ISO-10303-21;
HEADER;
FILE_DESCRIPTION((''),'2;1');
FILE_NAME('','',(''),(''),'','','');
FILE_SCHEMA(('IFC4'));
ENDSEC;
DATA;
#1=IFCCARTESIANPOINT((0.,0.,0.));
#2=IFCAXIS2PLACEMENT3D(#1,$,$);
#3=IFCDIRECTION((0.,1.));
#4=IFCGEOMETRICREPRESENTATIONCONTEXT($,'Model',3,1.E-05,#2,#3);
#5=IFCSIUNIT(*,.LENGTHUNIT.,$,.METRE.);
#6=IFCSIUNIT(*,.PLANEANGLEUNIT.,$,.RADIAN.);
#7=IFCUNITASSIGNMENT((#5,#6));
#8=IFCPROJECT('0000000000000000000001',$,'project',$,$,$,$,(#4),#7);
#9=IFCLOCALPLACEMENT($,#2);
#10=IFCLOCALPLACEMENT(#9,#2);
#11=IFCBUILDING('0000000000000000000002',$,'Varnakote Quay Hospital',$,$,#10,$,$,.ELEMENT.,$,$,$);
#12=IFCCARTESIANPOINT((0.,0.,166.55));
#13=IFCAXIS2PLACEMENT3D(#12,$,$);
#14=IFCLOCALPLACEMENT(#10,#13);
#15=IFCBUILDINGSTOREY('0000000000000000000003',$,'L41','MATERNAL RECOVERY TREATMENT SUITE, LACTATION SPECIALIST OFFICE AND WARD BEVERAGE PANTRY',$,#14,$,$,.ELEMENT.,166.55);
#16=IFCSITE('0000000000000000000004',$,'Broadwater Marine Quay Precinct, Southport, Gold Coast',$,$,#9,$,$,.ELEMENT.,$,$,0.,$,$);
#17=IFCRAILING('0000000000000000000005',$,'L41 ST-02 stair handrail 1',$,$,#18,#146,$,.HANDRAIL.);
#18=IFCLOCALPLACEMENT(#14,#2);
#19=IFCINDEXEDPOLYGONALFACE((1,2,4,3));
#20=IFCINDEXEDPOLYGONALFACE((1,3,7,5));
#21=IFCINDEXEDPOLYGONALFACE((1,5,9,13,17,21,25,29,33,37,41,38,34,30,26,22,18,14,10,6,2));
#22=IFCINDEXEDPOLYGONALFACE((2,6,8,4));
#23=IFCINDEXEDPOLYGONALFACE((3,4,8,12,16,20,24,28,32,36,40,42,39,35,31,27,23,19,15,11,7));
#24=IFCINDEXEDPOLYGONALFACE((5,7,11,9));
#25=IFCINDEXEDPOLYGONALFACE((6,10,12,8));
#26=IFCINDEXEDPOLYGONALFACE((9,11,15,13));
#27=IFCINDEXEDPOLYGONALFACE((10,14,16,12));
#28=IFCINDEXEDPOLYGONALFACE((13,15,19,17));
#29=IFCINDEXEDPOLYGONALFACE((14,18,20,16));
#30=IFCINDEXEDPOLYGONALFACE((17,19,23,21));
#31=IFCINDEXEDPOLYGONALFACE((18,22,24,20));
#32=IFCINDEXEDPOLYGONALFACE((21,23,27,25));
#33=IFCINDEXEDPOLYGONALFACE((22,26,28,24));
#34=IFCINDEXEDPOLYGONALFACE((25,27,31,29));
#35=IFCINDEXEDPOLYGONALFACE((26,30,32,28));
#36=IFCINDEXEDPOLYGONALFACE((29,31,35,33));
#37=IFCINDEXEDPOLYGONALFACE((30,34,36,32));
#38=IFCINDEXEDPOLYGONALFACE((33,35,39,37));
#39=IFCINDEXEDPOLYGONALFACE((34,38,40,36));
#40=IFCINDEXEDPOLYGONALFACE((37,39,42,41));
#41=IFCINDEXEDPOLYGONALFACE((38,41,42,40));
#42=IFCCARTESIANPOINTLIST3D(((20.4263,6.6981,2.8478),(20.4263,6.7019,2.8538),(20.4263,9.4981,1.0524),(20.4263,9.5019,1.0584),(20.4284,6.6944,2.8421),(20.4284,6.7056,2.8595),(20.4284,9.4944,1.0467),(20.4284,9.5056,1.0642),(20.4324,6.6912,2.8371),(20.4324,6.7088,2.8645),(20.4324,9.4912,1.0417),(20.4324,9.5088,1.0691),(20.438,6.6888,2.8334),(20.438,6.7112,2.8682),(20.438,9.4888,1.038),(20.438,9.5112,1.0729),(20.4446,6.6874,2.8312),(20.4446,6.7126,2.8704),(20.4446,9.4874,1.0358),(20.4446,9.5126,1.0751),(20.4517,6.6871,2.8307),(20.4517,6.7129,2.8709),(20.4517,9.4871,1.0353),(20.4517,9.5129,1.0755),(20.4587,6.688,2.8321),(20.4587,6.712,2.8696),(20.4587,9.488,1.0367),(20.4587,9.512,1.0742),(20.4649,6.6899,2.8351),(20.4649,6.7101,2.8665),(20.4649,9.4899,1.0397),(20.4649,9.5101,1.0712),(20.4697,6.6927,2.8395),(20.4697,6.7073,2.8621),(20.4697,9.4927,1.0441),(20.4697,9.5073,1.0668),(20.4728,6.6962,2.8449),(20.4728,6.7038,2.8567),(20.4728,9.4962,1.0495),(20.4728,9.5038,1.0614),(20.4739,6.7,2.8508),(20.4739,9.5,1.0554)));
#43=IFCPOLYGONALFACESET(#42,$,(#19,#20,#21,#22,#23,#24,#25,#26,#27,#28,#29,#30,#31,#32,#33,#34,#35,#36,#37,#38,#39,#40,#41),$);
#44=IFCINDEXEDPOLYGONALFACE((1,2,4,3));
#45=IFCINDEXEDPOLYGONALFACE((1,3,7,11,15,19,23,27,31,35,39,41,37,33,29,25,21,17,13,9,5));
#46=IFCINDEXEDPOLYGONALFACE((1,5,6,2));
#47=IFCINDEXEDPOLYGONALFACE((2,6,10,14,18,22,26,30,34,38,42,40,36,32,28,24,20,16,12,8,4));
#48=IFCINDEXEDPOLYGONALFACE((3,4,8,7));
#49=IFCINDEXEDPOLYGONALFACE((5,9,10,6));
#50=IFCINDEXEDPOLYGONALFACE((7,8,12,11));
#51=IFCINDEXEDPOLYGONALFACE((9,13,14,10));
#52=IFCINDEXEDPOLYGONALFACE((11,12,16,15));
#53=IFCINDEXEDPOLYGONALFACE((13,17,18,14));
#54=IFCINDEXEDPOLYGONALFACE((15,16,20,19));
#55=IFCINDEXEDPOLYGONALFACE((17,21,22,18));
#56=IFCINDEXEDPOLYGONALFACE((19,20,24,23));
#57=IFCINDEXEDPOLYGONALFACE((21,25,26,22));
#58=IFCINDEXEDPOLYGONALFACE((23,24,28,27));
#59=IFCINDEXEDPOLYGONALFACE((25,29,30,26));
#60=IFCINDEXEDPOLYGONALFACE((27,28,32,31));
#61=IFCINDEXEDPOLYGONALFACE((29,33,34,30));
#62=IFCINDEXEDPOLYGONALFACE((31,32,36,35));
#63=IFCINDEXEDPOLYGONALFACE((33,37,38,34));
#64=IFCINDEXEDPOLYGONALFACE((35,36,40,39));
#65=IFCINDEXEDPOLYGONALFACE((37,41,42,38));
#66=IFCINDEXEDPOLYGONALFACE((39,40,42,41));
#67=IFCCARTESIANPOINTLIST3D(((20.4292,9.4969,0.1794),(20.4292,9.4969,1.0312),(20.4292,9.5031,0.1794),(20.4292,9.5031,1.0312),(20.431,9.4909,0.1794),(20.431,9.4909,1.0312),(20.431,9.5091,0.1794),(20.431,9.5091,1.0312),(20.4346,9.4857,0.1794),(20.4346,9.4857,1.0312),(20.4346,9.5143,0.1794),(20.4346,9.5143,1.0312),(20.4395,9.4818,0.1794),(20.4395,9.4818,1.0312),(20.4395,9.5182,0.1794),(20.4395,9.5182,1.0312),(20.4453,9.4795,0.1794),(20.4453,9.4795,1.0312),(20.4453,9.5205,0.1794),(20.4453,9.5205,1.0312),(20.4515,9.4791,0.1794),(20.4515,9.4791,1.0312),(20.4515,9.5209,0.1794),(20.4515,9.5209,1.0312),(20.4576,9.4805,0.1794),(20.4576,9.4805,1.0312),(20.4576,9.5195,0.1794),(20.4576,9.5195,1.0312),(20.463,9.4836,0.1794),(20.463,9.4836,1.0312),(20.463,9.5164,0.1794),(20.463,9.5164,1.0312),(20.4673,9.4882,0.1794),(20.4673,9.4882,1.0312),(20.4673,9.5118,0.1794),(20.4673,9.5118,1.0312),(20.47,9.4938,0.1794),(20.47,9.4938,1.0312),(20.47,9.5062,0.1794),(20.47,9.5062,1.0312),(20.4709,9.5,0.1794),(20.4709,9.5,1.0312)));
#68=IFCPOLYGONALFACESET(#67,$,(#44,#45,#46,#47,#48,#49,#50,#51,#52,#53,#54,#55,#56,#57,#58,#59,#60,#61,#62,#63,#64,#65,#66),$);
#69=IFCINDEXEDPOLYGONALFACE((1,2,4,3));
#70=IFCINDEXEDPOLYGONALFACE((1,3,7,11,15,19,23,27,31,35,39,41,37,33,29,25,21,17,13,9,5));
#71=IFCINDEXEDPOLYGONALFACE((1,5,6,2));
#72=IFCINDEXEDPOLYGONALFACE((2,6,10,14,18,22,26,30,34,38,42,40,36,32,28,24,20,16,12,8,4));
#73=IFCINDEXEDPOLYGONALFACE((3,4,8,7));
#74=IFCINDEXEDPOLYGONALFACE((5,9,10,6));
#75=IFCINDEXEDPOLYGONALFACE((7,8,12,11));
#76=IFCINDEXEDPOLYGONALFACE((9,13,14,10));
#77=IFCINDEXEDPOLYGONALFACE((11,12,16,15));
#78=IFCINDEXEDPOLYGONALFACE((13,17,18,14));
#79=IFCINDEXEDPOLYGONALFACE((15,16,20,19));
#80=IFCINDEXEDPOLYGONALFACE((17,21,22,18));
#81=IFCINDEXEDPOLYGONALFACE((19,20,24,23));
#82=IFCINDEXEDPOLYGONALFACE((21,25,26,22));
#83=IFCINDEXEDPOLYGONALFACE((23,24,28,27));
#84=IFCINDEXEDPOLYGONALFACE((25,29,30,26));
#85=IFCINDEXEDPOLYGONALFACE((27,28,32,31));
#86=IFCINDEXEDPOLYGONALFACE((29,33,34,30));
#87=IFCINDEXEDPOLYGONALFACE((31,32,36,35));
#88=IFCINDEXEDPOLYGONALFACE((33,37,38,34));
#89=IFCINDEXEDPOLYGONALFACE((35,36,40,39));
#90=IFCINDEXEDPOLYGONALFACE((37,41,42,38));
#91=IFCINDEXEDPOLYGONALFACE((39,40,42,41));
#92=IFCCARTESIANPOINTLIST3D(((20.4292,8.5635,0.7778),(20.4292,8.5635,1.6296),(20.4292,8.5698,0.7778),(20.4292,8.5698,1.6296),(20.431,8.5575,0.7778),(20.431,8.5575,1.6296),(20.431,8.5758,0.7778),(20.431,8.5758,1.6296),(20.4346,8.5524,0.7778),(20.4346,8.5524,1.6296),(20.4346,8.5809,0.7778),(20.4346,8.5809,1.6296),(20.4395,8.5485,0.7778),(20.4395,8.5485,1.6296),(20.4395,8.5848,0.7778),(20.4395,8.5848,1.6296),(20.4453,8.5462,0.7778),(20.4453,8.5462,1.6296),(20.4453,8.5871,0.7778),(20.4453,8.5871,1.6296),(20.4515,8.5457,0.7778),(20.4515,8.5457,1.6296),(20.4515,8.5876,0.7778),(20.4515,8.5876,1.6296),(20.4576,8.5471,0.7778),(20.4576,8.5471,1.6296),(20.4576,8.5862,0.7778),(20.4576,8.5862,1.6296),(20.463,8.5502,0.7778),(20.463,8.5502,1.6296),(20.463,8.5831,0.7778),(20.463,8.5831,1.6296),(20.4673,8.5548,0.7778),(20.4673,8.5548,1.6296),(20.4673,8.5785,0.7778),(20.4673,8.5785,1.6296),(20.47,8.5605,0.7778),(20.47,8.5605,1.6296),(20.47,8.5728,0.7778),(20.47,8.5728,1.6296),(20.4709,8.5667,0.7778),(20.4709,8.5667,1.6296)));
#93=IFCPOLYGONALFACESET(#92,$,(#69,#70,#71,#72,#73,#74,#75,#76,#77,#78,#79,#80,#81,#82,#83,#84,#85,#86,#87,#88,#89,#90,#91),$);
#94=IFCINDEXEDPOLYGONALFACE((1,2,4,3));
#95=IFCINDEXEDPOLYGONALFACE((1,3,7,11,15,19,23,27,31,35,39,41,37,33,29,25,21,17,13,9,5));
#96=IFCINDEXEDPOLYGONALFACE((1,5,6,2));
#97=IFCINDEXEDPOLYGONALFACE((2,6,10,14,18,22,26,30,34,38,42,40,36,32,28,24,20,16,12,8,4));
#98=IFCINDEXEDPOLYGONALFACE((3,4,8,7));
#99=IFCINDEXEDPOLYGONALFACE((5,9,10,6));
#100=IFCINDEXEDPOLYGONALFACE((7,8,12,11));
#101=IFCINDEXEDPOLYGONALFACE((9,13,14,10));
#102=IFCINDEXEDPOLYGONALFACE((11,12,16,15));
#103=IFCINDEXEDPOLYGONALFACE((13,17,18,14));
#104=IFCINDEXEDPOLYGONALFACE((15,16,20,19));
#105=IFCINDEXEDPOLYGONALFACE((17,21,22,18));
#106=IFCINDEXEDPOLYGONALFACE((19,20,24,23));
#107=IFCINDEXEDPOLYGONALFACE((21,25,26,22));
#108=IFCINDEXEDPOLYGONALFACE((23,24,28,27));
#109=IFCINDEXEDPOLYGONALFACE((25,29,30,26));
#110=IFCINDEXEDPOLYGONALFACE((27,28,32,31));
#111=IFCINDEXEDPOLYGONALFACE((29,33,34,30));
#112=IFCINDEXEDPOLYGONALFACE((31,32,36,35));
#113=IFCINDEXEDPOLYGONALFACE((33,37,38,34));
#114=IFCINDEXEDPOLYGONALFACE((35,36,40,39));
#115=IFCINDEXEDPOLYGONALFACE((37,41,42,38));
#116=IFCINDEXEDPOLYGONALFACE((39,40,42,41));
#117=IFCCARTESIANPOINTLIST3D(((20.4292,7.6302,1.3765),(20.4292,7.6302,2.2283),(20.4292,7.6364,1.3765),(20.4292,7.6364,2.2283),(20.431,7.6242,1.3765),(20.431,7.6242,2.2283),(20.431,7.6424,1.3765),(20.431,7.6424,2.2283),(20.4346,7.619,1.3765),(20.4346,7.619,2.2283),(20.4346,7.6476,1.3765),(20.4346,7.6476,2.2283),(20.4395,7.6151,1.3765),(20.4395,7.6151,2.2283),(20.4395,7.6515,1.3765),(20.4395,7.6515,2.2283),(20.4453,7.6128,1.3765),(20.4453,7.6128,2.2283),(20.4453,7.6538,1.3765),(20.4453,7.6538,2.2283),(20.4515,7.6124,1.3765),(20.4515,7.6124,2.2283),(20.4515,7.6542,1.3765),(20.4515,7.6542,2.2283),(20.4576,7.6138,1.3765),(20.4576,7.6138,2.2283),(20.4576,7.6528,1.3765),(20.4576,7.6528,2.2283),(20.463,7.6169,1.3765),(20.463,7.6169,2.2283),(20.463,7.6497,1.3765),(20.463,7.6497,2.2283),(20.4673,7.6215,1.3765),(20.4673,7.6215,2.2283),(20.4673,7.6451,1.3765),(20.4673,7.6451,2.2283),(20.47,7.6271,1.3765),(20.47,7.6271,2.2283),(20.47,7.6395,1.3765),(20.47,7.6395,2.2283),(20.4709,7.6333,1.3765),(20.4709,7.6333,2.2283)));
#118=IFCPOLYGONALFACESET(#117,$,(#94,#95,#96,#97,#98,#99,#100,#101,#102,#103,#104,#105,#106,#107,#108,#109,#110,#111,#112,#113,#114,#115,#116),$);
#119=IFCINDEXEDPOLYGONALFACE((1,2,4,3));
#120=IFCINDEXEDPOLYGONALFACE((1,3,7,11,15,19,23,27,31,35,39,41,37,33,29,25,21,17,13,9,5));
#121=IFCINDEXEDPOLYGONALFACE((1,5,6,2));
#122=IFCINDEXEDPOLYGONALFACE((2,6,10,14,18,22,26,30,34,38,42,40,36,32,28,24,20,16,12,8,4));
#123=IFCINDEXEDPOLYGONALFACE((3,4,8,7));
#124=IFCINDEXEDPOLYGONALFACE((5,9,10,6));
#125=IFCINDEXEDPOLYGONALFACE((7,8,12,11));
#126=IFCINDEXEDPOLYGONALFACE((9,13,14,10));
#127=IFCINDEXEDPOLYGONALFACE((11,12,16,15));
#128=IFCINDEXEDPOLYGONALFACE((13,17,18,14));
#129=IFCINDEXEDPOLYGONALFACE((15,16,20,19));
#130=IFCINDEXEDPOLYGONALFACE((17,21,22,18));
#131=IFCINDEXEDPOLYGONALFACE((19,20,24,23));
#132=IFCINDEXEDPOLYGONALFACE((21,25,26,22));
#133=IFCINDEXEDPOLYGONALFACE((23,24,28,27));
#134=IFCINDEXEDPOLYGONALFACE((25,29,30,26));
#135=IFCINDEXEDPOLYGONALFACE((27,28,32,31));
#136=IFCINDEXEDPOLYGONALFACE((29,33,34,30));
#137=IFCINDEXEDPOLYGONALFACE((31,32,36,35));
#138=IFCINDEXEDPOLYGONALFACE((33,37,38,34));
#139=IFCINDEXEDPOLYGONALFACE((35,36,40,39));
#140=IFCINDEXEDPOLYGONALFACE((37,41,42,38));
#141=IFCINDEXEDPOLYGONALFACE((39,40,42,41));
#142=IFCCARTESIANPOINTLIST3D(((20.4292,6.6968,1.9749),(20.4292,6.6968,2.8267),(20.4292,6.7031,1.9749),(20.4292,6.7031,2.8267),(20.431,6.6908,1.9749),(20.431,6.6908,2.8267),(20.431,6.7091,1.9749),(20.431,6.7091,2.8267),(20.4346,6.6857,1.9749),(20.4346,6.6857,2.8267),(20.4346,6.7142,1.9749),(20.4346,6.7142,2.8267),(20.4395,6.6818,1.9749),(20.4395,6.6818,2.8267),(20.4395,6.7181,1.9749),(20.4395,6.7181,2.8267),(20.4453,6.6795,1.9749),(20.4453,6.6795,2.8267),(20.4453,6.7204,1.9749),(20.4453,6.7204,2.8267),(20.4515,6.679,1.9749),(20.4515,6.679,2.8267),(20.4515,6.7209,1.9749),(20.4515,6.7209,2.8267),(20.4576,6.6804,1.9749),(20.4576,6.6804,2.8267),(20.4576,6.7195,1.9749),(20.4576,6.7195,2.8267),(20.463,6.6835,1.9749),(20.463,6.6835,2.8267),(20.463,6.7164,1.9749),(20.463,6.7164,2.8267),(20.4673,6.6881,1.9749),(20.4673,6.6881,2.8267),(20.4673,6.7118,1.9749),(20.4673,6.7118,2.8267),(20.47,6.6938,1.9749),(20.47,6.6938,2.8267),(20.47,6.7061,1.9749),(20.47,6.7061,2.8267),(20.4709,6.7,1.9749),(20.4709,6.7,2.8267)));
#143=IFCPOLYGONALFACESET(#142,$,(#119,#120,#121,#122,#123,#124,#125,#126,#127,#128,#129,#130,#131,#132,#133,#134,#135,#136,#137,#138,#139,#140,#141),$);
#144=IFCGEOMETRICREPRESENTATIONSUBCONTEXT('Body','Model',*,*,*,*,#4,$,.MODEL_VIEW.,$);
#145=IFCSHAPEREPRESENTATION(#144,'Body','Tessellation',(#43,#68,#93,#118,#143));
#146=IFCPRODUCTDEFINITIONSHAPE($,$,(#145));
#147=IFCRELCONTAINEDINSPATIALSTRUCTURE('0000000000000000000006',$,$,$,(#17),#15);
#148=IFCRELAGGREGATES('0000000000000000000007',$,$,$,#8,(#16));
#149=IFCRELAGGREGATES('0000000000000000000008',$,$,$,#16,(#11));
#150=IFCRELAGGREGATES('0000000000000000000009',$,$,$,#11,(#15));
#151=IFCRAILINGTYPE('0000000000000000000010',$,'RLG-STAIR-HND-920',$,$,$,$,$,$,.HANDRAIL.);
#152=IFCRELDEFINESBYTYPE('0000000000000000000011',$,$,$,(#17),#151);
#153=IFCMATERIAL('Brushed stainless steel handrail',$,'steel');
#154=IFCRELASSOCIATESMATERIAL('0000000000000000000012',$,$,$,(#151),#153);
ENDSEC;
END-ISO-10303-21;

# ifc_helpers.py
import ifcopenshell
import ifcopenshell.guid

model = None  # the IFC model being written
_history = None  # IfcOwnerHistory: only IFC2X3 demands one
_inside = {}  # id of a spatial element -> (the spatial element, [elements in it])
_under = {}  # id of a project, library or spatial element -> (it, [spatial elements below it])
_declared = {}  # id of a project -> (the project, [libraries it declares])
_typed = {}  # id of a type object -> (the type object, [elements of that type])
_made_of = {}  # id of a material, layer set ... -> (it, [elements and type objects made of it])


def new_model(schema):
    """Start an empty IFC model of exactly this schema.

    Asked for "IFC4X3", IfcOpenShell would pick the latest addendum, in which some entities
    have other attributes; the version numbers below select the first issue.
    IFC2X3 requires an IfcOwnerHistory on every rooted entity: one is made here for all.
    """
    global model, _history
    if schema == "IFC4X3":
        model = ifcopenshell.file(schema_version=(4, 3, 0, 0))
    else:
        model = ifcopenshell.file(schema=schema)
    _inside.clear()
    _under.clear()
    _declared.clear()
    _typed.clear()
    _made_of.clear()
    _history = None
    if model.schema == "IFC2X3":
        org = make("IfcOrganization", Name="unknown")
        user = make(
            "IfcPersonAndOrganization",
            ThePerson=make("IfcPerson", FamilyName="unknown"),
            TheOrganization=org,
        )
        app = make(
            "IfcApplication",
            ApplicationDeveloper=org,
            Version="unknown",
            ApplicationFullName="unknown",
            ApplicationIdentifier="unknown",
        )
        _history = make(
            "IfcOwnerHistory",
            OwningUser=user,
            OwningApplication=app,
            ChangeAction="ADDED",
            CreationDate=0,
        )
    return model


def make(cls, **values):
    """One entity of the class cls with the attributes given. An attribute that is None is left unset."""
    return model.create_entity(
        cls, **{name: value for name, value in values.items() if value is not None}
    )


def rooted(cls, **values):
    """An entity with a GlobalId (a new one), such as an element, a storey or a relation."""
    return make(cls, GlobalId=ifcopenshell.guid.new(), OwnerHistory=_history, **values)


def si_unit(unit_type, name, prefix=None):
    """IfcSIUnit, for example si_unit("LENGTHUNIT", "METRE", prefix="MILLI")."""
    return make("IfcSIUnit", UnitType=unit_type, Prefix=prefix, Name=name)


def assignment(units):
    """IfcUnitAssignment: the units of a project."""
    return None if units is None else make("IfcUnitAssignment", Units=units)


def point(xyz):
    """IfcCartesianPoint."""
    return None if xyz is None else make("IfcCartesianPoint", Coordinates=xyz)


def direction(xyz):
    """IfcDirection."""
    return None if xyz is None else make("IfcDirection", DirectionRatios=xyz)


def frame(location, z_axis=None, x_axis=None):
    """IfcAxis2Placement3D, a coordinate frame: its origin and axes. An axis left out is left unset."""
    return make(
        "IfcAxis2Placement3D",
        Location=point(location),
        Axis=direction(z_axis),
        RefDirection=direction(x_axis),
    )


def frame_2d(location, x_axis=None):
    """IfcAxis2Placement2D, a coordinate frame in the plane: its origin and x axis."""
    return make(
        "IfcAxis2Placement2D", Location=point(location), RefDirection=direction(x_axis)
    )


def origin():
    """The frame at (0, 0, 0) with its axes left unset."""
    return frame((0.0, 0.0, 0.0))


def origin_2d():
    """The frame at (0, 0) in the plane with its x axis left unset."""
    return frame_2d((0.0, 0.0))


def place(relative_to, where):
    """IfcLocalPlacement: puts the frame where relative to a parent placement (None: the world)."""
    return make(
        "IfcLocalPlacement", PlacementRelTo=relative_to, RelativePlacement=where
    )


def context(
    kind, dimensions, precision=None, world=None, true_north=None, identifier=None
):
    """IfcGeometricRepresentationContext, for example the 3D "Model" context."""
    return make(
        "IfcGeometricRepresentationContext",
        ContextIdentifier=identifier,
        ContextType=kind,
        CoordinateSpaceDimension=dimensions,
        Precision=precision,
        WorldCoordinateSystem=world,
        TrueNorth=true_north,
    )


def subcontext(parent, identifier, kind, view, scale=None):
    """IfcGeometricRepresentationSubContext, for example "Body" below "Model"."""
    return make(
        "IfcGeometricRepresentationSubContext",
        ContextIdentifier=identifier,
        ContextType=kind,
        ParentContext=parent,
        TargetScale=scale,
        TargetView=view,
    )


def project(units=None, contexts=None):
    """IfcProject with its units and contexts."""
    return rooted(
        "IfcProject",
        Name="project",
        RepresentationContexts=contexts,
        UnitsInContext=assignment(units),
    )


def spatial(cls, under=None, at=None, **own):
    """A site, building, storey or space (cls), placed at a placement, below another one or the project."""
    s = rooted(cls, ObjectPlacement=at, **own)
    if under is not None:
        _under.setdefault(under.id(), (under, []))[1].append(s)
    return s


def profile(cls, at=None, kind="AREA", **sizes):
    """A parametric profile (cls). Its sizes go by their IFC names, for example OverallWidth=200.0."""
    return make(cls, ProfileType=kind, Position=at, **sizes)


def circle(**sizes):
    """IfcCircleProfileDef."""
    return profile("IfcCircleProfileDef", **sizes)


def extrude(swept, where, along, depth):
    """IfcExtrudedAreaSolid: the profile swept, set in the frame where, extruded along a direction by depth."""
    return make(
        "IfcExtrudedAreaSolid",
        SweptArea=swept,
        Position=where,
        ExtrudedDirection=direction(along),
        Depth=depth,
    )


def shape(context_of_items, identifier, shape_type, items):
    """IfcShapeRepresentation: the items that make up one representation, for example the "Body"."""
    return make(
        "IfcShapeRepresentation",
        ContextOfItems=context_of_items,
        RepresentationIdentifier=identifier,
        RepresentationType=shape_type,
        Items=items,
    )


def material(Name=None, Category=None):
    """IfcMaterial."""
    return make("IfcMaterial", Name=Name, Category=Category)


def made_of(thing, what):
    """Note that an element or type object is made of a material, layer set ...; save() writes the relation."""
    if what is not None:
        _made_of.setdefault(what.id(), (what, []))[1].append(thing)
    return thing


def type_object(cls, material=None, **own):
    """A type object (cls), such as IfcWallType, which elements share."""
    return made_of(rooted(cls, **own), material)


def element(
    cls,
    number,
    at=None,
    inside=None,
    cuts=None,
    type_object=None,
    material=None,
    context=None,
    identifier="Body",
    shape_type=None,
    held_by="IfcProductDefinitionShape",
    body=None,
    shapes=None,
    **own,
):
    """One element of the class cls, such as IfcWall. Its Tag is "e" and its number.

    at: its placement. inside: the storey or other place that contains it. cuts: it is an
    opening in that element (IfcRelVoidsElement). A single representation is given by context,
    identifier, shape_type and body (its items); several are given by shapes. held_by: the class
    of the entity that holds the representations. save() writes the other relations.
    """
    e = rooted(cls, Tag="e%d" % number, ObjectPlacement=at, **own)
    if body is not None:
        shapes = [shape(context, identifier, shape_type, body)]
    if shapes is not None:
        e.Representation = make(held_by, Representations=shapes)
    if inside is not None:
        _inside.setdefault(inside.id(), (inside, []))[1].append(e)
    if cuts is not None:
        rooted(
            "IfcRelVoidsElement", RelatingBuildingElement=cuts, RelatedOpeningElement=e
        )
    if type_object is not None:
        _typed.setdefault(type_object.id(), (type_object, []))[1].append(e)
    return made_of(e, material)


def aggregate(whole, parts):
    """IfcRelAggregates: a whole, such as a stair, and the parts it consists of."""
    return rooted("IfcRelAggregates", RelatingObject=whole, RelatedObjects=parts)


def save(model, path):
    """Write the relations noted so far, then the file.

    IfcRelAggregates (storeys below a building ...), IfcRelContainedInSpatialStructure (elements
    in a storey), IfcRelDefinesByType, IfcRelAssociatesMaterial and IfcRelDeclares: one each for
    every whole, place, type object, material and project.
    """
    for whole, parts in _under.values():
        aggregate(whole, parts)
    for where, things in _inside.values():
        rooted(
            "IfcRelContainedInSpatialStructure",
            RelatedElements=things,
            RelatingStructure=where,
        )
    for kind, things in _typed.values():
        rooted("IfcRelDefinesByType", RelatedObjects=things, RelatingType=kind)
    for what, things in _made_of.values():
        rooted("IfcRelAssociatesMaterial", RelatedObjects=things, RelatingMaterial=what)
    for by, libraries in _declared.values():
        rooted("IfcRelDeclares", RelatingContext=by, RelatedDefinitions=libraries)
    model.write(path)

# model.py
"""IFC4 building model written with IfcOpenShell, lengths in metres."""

from ifc_helpers import new_model, si_unit, direction, frame, origin, origin_2d, place, context, subcontext, project, spatial, circle, extrude, material, type_object, element, save


model = new_model("IFC4")

# Units and contexts
model_context = context("Model", 3, precision=1e-05, world=origin(), true_north=direction((0.0, 1.0)))
body_context = subcontext(model_context, "Body", "Model", "MODEL_VIEW")
ifc_project = project(units=[si_unit("LENGTHUNIT", "METRE"), si_unit("PLANEANGLEUNIT", "RADIAN")], contexts=[model_context])

# Site, building, storey
site_placement = place(None, origin())
site = spatial("IfcSite", under=ifc_project, at=site_placement, Name="Broadwater Marine Quay Precinct, Southport, Gold Coast", CompositionType="ELEMENT", RefElevation=0.0)
building_placement = place(site_placement, origin())
building = spatial("IfcBuilding", under=site, at=building_placement, Name="Varnakote Quay Hospital", CompositionType="ELEMENT")
storey_placement = place(building_placement, frame((0.0, 0.0, 166.55)))
storey = spatial("IfcBuildingStorey", under=building, at=storey_placement, Name="L41", Description="MATERNAL RECOVERY TREATMENT SUITE, LACTATION SPECIALIST OFFICE AND WARD BEVERAGE PANTRY", CompositionType="ELEMENT", Elevation=166.55)

# Railing
ifc_material_1 = material(Name="Brushed stainless steel handrail", Category="steel")
railing_type_1 = type_object("IfcRailingType", Name="RLG-STAIR-HND-920", PredefinedType="HANDRAIL", material=ifc_material_1)
railing_1_placement = place(storey_placement, frame((20.45, 9.5, 0.1794)))
element("IfcRailing", 1, at=railing_1_placement, inside=storey, type_object=railing_type_1, Name="L41 ST-02 stair handrail 1", PredefinedType="HANDRAIL", context=body_context, shape_type="SweptSolid", body=[
    extrude(circle(Radius=0.0239, at=origin_2d()), frame((0.0, 0.0, 0.876), z_axis=(0.0, -0.84181, 0.539774), x_axis=(1.0, 0.0, 0.0)), (0.0, 0.0, 1.0), 3.3262),
    extrude(circle(Radius=0.021, at=origin_2d()), origin(), (0.0, 0.0, 1.0), 0.8518),
    extrude(circle(Radius=0.021, at=origin_2d()), frame((0.0, -0.9333, 0.5984)), (0.0, 0.0, 1.0), 0.8518),
    extrude(circle(Radius=0.021, at=origin_2d()), frame((0.0, -1.8667, 1.197)), (0.0, 0.0, 1.0), 0.8518),
    extrude(circle(Radius=0.021, at=origin_2d()), frame((0.0, -2.8, 1.7954)), (0.0, 0.0, 1.0), 0.8518),
])

save(model, "model.ifc")
